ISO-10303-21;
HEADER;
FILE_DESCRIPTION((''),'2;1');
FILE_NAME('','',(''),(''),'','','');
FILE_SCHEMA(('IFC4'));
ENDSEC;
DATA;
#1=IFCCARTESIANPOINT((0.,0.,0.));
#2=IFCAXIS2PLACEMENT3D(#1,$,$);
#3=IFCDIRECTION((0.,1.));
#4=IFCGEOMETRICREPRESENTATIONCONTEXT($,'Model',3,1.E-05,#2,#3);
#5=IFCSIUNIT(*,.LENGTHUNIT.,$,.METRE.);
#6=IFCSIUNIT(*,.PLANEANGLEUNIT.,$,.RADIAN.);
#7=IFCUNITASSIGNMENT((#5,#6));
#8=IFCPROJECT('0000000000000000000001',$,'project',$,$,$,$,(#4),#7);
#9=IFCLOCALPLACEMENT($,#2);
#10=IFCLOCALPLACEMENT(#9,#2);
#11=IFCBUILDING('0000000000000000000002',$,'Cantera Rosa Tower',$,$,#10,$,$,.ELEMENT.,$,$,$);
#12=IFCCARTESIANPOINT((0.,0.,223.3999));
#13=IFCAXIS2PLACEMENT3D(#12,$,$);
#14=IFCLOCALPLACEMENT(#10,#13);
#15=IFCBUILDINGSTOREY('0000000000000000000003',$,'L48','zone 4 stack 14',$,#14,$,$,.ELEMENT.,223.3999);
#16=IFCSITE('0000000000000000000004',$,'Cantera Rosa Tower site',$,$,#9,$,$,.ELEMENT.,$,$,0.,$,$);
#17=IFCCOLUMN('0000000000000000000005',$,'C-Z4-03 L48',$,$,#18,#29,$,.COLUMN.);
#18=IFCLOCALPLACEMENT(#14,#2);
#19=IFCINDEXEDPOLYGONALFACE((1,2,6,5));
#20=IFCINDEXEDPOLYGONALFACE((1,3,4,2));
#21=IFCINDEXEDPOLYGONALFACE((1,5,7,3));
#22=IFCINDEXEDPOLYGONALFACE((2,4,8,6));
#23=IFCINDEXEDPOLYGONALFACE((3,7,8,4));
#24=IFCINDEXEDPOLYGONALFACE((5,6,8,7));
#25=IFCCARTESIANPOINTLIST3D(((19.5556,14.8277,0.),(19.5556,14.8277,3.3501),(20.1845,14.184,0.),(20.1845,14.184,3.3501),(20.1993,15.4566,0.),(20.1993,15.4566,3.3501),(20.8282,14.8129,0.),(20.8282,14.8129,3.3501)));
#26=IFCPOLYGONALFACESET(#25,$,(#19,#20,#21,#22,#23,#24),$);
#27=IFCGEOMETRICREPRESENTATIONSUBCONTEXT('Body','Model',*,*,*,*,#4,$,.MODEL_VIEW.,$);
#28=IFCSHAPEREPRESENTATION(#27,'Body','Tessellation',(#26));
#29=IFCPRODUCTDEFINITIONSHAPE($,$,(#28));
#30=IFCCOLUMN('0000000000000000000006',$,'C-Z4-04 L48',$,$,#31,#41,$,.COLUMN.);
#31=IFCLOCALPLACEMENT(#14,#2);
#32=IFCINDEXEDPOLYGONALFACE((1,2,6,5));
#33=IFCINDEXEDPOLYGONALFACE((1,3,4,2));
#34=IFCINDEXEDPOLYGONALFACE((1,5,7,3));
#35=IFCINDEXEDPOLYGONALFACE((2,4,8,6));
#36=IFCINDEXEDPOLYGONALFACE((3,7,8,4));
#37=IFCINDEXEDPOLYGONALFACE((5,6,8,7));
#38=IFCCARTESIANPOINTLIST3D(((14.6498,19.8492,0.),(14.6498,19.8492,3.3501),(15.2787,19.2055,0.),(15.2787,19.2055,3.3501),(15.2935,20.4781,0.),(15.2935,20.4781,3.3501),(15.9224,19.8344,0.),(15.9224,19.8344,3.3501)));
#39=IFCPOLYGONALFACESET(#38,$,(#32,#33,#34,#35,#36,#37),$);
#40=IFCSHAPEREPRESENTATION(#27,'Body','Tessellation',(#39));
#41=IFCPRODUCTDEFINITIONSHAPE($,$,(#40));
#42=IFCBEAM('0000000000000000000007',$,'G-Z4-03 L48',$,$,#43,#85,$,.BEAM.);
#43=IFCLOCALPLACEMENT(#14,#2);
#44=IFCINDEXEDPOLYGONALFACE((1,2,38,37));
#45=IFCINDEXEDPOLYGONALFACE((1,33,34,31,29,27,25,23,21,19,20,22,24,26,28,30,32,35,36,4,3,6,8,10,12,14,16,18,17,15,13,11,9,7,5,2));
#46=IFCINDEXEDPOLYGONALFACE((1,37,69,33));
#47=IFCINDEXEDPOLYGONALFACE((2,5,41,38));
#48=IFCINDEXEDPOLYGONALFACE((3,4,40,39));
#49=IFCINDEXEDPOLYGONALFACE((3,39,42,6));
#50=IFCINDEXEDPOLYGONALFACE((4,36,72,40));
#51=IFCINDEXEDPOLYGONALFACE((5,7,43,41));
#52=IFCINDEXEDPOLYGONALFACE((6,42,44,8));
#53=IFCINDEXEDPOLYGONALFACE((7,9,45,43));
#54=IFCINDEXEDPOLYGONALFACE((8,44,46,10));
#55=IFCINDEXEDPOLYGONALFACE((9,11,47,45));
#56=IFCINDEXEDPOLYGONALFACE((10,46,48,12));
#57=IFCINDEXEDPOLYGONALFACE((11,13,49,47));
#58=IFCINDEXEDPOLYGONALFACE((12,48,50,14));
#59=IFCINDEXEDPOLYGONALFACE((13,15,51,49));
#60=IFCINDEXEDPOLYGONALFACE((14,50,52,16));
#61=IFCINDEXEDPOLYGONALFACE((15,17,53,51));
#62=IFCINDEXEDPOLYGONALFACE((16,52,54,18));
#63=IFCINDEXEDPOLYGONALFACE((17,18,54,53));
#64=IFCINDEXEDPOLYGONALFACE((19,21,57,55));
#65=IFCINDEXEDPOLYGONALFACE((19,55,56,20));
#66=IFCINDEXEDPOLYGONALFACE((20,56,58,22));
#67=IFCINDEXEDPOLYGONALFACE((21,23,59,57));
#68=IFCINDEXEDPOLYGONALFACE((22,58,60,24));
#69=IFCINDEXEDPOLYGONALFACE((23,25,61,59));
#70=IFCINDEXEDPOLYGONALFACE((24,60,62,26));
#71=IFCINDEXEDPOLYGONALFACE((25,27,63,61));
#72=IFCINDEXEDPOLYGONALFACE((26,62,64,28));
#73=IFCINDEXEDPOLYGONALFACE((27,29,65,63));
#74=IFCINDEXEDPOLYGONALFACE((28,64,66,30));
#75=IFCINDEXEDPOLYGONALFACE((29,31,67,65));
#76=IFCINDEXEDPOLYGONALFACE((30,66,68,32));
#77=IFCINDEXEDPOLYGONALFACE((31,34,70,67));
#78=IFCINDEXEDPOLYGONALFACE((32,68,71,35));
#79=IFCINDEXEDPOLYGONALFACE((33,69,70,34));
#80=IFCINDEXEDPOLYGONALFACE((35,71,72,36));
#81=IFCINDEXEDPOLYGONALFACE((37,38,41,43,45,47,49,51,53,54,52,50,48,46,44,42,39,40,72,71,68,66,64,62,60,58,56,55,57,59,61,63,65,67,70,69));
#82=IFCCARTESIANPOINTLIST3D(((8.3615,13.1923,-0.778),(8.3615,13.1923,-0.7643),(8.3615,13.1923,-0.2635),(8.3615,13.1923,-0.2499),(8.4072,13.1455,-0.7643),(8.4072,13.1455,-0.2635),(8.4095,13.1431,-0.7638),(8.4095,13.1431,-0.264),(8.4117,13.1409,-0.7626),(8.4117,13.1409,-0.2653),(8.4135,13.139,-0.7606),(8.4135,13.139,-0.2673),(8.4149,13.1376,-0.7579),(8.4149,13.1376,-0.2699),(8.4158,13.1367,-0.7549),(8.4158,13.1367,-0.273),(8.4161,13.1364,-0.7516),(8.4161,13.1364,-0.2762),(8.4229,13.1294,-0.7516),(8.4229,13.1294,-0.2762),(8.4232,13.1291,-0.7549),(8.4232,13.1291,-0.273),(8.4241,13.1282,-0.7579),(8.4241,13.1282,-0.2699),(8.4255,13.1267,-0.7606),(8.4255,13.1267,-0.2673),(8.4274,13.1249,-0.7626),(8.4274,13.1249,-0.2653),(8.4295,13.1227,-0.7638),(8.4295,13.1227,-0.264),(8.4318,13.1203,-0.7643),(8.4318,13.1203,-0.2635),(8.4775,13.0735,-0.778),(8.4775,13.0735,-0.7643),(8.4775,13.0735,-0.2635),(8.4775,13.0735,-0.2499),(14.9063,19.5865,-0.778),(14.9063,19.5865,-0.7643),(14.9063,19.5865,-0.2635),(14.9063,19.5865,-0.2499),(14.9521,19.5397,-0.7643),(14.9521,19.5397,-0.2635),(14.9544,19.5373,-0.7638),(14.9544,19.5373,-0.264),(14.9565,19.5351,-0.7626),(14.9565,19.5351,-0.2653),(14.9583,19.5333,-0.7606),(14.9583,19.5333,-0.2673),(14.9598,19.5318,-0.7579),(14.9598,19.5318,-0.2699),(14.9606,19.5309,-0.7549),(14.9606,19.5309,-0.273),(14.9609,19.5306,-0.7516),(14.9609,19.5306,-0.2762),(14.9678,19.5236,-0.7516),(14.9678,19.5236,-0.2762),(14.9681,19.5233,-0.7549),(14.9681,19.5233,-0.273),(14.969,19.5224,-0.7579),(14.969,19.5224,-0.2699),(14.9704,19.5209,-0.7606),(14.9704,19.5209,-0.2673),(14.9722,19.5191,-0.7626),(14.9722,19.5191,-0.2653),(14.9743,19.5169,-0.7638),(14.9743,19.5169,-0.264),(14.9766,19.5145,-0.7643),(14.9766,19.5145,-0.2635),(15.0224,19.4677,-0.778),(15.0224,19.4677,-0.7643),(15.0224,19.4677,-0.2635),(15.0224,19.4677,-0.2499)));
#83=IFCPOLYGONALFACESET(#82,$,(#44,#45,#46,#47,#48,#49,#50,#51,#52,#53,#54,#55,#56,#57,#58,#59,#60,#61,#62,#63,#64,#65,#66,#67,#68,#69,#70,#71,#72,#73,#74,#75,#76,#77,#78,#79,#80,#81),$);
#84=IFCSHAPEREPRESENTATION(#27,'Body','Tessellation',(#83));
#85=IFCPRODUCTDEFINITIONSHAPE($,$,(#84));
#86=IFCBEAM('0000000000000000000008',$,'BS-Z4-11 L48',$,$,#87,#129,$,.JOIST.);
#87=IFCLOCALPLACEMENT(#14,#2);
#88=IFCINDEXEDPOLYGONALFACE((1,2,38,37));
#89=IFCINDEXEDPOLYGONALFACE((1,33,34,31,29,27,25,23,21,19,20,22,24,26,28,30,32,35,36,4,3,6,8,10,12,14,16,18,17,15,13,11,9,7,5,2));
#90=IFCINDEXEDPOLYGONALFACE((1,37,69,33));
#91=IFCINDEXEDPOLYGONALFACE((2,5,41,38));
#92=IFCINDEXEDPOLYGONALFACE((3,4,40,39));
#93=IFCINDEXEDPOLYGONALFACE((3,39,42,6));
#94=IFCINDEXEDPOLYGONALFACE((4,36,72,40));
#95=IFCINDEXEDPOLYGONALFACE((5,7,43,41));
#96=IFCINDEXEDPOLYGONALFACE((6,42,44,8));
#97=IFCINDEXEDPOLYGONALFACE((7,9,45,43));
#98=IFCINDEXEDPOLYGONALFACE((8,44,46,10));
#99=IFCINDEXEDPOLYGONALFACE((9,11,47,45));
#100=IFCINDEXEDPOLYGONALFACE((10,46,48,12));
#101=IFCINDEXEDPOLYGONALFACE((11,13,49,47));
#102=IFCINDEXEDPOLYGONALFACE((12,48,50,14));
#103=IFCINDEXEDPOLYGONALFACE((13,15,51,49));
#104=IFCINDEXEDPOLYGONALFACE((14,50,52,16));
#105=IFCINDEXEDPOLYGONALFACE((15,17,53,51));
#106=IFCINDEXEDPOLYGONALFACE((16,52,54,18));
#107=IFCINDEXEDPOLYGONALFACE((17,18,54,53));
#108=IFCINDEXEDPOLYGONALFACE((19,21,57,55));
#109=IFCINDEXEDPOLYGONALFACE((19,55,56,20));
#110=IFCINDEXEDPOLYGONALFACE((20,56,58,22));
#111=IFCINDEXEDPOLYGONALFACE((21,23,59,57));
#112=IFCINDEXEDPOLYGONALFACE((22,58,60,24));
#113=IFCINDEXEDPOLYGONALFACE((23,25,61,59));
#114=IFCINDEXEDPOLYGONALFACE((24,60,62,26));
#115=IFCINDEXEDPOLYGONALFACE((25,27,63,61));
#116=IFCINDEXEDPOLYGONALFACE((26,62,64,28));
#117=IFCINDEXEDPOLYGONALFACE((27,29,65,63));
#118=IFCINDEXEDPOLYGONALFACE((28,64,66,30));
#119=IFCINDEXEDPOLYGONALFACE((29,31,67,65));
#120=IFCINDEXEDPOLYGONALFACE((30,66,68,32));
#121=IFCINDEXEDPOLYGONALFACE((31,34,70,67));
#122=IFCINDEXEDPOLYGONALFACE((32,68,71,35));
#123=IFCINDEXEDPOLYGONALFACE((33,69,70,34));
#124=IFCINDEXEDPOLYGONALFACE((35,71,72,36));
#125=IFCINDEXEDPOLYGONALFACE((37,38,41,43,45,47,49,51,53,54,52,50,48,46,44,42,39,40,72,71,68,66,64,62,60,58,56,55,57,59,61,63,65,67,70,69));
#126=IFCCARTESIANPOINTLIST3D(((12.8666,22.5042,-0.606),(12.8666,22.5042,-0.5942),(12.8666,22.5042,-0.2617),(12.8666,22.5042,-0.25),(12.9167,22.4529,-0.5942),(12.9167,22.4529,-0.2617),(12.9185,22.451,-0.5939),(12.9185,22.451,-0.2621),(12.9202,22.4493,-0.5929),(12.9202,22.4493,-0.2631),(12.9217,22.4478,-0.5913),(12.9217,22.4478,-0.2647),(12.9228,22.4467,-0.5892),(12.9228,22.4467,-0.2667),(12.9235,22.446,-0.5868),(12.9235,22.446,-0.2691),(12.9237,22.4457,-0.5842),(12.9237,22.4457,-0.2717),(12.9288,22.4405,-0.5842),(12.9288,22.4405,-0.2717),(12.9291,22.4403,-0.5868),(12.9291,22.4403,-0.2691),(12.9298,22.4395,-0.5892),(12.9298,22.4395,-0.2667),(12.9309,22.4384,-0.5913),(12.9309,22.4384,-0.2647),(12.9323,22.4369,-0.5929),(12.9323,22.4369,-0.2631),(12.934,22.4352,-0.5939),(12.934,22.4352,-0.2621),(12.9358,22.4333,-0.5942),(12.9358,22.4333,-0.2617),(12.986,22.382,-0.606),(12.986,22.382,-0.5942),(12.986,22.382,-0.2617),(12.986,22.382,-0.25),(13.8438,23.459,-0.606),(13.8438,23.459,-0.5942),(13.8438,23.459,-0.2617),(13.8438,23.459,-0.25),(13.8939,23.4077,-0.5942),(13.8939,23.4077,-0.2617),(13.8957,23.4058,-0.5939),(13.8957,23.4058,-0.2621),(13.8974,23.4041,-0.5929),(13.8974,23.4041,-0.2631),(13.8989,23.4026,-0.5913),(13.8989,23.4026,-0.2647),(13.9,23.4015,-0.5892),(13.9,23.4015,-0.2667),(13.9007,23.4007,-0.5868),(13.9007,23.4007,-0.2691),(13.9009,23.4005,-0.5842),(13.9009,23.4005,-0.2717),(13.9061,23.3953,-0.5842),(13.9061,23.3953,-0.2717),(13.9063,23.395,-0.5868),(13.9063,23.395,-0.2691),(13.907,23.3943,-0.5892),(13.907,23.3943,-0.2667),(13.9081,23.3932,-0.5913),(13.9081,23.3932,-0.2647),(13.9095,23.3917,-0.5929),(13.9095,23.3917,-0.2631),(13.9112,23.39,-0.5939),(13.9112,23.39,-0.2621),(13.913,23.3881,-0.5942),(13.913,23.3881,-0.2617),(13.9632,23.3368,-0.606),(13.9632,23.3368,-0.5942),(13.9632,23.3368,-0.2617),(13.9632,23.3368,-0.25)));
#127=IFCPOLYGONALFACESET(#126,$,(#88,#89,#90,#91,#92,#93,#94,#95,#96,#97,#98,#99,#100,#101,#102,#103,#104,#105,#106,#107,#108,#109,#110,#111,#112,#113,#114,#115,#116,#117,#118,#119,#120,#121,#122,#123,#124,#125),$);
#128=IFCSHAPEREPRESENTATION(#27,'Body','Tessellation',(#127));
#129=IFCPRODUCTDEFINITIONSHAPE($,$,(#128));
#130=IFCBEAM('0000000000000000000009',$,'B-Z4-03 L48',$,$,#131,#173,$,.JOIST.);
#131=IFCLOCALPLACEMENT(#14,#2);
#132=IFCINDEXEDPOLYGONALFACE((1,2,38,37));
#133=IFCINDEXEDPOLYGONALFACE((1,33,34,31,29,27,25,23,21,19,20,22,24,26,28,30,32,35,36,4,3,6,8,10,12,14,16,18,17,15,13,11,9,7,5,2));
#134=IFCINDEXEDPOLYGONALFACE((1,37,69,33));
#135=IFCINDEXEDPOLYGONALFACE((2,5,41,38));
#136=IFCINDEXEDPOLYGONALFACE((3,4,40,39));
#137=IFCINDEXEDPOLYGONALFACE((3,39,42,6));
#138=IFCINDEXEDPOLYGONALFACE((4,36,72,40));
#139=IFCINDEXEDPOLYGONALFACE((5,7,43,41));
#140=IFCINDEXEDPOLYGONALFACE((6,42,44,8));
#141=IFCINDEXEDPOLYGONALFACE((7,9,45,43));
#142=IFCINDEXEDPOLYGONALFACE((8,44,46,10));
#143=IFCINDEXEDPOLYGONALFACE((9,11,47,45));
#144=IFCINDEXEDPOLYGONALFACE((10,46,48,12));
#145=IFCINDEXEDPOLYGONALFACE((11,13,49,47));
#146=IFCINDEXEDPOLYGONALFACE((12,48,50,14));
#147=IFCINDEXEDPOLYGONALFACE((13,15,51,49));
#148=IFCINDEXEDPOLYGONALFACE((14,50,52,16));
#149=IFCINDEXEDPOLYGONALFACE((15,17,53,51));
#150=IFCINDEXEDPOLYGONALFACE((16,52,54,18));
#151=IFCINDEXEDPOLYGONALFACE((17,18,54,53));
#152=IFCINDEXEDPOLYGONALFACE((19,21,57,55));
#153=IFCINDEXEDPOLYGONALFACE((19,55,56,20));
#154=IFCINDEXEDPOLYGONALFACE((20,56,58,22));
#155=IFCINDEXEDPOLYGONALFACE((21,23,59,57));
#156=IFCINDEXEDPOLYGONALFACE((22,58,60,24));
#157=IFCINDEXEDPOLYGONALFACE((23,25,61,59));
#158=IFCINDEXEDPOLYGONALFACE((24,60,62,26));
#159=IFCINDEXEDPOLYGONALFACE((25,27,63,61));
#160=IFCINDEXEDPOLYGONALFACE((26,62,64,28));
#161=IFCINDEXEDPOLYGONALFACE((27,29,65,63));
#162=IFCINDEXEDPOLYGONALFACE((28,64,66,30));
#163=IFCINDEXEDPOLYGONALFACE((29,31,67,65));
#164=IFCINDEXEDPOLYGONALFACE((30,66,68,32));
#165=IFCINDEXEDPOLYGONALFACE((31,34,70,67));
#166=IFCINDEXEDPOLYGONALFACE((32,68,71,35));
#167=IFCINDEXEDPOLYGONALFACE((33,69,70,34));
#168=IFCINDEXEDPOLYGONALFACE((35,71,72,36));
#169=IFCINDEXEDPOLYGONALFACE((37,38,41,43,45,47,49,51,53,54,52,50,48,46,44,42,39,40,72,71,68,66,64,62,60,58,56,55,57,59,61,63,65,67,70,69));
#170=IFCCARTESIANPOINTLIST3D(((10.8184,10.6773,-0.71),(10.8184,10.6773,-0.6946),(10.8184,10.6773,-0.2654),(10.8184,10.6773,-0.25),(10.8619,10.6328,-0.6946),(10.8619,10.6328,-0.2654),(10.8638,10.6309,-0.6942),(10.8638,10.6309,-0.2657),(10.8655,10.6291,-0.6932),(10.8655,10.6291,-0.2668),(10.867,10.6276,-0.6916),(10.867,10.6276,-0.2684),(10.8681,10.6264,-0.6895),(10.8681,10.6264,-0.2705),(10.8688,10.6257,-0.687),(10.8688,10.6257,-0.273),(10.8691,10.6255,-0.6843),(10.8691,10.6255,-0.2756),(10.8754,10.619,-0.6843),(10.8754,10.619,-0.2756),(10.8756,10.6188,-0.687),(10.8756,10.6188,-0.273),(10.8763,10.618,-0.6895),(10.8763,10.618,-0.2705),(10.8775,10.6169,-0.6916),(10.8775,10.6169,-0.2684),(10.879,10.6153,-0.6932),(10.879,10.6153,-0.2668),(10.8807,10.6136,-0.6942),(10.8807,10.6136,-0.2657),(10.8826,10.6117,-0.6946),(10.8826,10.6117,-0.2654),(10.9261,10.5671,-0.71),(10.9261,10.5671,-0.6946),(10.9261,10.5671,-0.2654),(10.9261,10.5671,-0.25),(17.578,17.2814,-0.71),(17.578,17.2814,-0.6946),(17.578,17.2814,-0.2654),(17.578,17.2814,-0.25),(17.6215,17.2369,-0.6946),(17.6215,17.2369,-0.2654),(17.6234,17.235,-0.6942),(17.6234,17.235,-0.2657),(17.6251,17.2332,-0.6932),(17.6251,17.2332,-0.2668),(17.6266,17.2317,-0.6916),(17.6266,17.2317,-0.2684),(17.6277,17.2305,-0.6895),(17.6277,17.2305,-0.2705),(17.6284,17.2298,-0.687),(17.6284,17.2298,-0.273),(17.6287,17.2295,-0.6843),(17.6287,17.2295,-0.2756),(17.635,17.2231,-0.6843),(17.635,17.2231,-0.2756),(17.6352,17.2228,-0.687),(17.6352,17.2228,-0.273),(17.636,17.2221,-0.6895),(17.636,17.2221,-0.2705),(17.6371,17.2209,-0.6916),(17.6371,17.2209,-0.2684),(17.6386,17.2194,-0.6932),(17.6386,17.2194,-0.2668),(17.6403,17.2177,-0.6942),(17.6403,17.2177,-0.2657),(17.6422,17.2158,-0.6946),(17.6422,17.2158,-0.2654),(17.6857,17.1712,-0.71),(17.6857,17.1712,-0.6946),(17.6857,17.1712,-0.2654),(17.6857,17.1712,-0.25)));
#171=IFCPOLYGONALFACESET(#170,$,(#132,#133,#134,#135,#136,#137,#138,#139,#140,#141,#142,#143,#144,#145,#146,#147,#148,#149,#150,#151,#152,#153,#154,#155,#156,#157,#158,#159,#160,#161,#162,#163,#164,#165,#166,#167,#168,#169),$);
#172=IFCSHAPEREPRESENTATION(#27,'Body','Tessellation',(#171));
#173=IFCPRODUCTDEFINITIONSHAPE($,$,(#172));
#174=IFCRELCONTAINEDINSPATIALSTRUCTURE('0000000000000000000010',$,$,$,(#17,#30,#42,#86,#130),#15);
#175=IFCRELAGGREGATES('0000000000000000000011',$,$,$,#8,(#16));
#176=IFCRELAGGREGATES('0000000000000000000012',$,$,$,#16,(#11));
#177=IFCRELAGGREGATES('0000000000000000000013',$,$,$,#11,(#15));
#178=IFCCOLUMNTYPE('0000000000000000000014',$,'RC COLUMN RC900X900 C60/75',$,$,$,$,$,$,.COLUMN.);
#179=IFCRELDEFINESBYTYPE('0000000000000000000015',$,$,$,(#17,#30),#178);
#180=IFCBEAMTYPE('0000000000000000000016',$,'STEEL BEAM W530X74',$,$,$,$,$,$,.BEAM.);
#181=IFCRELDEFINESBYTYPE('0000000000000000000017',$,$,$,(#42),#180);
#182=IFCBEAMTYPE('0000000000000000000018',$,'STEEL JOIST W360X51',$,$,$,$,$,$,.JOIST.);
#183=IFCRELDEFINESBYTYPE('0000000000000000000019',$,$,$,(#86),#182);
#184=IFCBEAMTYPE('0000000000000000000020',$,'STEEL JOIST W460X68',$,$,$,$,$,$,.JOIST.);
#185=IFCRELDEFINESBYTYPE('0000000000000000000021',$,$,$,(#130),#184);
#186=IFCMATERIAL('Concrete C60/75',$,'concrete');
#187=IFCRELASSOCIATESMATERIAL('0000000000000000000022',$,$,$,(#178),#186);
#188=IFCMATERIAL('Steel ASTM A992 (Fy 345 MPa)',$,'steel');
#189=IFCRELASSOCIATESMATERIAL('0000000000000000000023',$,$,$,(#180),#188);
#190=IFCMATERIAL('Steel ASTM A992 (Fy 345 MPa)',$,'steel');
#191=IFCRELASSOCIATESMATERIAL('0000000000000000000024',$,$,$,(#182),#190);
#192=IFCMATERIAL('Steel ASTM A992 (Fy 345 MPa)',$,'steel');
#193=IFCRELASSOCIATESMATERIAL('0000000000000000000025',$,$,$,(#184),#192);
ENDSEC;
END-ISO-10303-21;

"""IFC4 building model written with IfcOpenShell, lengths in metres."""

from ifc_helpers import new_model, si_unit, direction, frame, origin, origin_2d, place, context, subcontext, project, spatial, rectangle, i_section, extrude, material, material_profile, profile_set, type_object, element, save


model = new_model("IFC4")

# Units and contexts
model_context = context("Model", 3, precision=1e-05, world=origin(), true_north=direction((0.0, 1.0)))
body_context = subcontext(model_context, "Body", "Model", "MODEL_VIEW")
ifc_project = project(units=[si_unit("LENGTHUNIT", "METRE"), si_unit("PLANEANGLEUNIT", "RADIAN")], contexts=[model_context])

# Site, building, storey
site_placement = place(None, origin())
site = spatial("IfcSite", under=ifc_project, at=site_placement, Name="Cantera Rosa Tower site", CompositionType="ELEMENT", RefElevation=0.0)
building_placement = place(site_placement, origin())
building = spatial("IfcBuilding", under=site, at=building_placement, Name="Cantera Rosa Tower", CompositionType="ELEMENT")
storey_placement = place(building_placement, frame((0.0, 0.0, 223.3999)))
storey = spatial("IfcBuildingStorey", under=building, at=storey_placement, Name="L48", Description="zone 4 stack 14", CompositionType="ELEMENT", Elevation=223.3999)

# Columns
ifc_material_1 = material(Name="Concrete C60/75", Category="concrete")
ifc_material_profile_1 = material_profile(ifc_material_1, rectangle(XDim=0.8999, YDim=0.8999, at=origin_2d()), Name="RC COLUMN RC900X900 C60/75")
ifc_profile_set_1 = profile_set([ifc_material_profile_1], Name="Concrete C60/75")
column_type = type_object("IfcColumnType", Name="RC COLUMN RC900X900 C60/75", PredefinedType="COLUMN", material=ifc_profile_set_1)
for number, where, z_axis, x_axis, name in (
    (1, (20.1919, 14.8203, 0.0), (0.0, 0.0, 1.0), (0.715286, 0.698832, 0.0), "C-Z4-03 L48"),
    (2, (15.2861, 19.8418, 0.0), (0.0, 0.0, 1.0), (0.715286, 0.698832, 0.0), "C-Z4-04 L48"),
):
    element("IfcColumn", number, at=place(storey_placement, frame(where, z_axis=z_axis, x_axis=x_axis)), inside=storey, type_object=column_type, Name=name, PredefinedType="COLUMN", context=body_context, shape_type="SweptSolid", body=[
        extrude(rectangle(XDim=0.8999, YDim=0.8999, at=origin_2d()), origin(), (0.0, 0.0, 1.0), 3.3501),
    ])

# Beams
ifc_material_2 = material(Name="Steel ASTM A992 (Fy 345 MPa)", Category="steel")
ifc_material_profile_2 = material_profile(ifc_material_2, i_section(OverallWidth=0.166, OverallDepth=0.5281, WebThickness=0.0098, FlangeThickness=0.0137, FilletRadius=0.0127, at=origin_2d()), Name="W530X74")
ifc_profile_set_2 = profile_set([ifc_material_profile_2], Name="Steel ASTM A992 (Fy 345 MPa)")
beam_type_1 = type_object("IfcBeamType", Name="STEEL BEAM W530X74", PredefinedType="BEAM", material=ifc_profile_set_2)
beam_1_placement = place(storey_placement, frame((14.9644, 19.5271, -0.5139), z_axis=(-0.71529, -0.698827, 0.0), x_axis=(0.698827, -0.71529, 0.0)))
element("IfcBeam", 3, at=beam_1_placement, inside=storey, type_object=beam_type_1, Name="G-Z4-03 L48", PredefinedType="BEAM", context=body_context, shape_type="SweptSolid", body=[
    extrude(i_section(OverallWidth=0.166, OverallDepth=0.5281, WebThickness=0.0098, FlangeThickness=0.0137, FilletRadius=0.0127, at=origin_2d()), origin(), (0.0, 0.0, 1.0), 9.1499),
])
ifc_material_3 = material(Name="Steel ASTM A992 (Fy 345 MPa)", Category="steel")
ifc_material_profile_3 = material_profile(ifc_material_3, i_section(OverallWidth=0.1709, OverallDepth=0.356, WebThickness=0.0073, FlangeThickness=0.0117, FilletRadius=0.01, at=origin_2d()), Name="W360X51")
ifc_profile_set_3 = profile_set([ifc_material_profile_3], Name="Steel ASTM A992 (Fy 345 MPa)")
beam_type_2 = type_object("IfcBeamType", Name="STEEL JOIST W360X51", PredefinedType="JOIST", material=ifc_profile_set_3)
beam_2_placement = place(storey_placement, frame((12.9263, 22.4431, -0.428), z_axis=(0.715279, 0.698839, 0.0), x_axis=(-0.698839, 0.715279, 0.0)))
element("IfcBeam", 4, at=beam_2_placement, inside=storey, type_object=beam_type_2, Name="BS-Z4-11 L48", PredefinedType="JOIST", context=body_context, shape_type="SweptSolid", body=[
    extrude(i_section(OverallWidth=0.1709, OverallDepth=0.356, WebThickness=0.0073, FlangeThickness=0.0117, FilletRadius=0.01, at=origin_2d()), origin(), (0.0, 0.0, 1.0), 1.3662),
])
ifc_material_4 = material(Name="Steel ASTM A992 (Fy 345 MPa)", Category="steel")
ifc_material_profile_4 = material_profile(ifc_material_4, i_section(OverallWidth=0.1541, OverallDepth=0.46, WebThickness=0.009, FlangeThickness=0.0154, FilletRadius=0.0103, at=origin_2d()), Name="W460X68")
ifc_profile_set_4 = profile_set([ifc_material_profile_4], Name="Steel ASTM A992 (Fy 345 MPa)")
beam_type_3 = type_object("IfcBeamType", Name="STEEL JOIST W460X68", PredefinedType="JOIST", material=ifc_profile_set_4)
for number, where, z_axis, x_axis, name in (
    (5, (17.6318, 17.2263, -0.48), (-0.715287, -0.698831, 0.0), (0.698831, -0.715287, 0.0), "B-Z4-03 L48"),
):
    element("IfcBeam", number, at=place(storey_placement, frame(where, z_axis=z_axis, x_axis=x_axis)), inside=storey, type_object=beam_type_3, Name=name, PredefinedType="JOIST", context=body_context, shape_type="SweptSolid", body=[
        extrude(i_section(OverallWidth=0.1541, OverallDepth=0.46, WebThickness=0.009, FlangeThickness=0.0154, FilletRadius=0.0103, at=origin_2d()), origin(), (0.0, 0.0, 1.0), 9.4502),
    ])

save(model, "model.ifc")
